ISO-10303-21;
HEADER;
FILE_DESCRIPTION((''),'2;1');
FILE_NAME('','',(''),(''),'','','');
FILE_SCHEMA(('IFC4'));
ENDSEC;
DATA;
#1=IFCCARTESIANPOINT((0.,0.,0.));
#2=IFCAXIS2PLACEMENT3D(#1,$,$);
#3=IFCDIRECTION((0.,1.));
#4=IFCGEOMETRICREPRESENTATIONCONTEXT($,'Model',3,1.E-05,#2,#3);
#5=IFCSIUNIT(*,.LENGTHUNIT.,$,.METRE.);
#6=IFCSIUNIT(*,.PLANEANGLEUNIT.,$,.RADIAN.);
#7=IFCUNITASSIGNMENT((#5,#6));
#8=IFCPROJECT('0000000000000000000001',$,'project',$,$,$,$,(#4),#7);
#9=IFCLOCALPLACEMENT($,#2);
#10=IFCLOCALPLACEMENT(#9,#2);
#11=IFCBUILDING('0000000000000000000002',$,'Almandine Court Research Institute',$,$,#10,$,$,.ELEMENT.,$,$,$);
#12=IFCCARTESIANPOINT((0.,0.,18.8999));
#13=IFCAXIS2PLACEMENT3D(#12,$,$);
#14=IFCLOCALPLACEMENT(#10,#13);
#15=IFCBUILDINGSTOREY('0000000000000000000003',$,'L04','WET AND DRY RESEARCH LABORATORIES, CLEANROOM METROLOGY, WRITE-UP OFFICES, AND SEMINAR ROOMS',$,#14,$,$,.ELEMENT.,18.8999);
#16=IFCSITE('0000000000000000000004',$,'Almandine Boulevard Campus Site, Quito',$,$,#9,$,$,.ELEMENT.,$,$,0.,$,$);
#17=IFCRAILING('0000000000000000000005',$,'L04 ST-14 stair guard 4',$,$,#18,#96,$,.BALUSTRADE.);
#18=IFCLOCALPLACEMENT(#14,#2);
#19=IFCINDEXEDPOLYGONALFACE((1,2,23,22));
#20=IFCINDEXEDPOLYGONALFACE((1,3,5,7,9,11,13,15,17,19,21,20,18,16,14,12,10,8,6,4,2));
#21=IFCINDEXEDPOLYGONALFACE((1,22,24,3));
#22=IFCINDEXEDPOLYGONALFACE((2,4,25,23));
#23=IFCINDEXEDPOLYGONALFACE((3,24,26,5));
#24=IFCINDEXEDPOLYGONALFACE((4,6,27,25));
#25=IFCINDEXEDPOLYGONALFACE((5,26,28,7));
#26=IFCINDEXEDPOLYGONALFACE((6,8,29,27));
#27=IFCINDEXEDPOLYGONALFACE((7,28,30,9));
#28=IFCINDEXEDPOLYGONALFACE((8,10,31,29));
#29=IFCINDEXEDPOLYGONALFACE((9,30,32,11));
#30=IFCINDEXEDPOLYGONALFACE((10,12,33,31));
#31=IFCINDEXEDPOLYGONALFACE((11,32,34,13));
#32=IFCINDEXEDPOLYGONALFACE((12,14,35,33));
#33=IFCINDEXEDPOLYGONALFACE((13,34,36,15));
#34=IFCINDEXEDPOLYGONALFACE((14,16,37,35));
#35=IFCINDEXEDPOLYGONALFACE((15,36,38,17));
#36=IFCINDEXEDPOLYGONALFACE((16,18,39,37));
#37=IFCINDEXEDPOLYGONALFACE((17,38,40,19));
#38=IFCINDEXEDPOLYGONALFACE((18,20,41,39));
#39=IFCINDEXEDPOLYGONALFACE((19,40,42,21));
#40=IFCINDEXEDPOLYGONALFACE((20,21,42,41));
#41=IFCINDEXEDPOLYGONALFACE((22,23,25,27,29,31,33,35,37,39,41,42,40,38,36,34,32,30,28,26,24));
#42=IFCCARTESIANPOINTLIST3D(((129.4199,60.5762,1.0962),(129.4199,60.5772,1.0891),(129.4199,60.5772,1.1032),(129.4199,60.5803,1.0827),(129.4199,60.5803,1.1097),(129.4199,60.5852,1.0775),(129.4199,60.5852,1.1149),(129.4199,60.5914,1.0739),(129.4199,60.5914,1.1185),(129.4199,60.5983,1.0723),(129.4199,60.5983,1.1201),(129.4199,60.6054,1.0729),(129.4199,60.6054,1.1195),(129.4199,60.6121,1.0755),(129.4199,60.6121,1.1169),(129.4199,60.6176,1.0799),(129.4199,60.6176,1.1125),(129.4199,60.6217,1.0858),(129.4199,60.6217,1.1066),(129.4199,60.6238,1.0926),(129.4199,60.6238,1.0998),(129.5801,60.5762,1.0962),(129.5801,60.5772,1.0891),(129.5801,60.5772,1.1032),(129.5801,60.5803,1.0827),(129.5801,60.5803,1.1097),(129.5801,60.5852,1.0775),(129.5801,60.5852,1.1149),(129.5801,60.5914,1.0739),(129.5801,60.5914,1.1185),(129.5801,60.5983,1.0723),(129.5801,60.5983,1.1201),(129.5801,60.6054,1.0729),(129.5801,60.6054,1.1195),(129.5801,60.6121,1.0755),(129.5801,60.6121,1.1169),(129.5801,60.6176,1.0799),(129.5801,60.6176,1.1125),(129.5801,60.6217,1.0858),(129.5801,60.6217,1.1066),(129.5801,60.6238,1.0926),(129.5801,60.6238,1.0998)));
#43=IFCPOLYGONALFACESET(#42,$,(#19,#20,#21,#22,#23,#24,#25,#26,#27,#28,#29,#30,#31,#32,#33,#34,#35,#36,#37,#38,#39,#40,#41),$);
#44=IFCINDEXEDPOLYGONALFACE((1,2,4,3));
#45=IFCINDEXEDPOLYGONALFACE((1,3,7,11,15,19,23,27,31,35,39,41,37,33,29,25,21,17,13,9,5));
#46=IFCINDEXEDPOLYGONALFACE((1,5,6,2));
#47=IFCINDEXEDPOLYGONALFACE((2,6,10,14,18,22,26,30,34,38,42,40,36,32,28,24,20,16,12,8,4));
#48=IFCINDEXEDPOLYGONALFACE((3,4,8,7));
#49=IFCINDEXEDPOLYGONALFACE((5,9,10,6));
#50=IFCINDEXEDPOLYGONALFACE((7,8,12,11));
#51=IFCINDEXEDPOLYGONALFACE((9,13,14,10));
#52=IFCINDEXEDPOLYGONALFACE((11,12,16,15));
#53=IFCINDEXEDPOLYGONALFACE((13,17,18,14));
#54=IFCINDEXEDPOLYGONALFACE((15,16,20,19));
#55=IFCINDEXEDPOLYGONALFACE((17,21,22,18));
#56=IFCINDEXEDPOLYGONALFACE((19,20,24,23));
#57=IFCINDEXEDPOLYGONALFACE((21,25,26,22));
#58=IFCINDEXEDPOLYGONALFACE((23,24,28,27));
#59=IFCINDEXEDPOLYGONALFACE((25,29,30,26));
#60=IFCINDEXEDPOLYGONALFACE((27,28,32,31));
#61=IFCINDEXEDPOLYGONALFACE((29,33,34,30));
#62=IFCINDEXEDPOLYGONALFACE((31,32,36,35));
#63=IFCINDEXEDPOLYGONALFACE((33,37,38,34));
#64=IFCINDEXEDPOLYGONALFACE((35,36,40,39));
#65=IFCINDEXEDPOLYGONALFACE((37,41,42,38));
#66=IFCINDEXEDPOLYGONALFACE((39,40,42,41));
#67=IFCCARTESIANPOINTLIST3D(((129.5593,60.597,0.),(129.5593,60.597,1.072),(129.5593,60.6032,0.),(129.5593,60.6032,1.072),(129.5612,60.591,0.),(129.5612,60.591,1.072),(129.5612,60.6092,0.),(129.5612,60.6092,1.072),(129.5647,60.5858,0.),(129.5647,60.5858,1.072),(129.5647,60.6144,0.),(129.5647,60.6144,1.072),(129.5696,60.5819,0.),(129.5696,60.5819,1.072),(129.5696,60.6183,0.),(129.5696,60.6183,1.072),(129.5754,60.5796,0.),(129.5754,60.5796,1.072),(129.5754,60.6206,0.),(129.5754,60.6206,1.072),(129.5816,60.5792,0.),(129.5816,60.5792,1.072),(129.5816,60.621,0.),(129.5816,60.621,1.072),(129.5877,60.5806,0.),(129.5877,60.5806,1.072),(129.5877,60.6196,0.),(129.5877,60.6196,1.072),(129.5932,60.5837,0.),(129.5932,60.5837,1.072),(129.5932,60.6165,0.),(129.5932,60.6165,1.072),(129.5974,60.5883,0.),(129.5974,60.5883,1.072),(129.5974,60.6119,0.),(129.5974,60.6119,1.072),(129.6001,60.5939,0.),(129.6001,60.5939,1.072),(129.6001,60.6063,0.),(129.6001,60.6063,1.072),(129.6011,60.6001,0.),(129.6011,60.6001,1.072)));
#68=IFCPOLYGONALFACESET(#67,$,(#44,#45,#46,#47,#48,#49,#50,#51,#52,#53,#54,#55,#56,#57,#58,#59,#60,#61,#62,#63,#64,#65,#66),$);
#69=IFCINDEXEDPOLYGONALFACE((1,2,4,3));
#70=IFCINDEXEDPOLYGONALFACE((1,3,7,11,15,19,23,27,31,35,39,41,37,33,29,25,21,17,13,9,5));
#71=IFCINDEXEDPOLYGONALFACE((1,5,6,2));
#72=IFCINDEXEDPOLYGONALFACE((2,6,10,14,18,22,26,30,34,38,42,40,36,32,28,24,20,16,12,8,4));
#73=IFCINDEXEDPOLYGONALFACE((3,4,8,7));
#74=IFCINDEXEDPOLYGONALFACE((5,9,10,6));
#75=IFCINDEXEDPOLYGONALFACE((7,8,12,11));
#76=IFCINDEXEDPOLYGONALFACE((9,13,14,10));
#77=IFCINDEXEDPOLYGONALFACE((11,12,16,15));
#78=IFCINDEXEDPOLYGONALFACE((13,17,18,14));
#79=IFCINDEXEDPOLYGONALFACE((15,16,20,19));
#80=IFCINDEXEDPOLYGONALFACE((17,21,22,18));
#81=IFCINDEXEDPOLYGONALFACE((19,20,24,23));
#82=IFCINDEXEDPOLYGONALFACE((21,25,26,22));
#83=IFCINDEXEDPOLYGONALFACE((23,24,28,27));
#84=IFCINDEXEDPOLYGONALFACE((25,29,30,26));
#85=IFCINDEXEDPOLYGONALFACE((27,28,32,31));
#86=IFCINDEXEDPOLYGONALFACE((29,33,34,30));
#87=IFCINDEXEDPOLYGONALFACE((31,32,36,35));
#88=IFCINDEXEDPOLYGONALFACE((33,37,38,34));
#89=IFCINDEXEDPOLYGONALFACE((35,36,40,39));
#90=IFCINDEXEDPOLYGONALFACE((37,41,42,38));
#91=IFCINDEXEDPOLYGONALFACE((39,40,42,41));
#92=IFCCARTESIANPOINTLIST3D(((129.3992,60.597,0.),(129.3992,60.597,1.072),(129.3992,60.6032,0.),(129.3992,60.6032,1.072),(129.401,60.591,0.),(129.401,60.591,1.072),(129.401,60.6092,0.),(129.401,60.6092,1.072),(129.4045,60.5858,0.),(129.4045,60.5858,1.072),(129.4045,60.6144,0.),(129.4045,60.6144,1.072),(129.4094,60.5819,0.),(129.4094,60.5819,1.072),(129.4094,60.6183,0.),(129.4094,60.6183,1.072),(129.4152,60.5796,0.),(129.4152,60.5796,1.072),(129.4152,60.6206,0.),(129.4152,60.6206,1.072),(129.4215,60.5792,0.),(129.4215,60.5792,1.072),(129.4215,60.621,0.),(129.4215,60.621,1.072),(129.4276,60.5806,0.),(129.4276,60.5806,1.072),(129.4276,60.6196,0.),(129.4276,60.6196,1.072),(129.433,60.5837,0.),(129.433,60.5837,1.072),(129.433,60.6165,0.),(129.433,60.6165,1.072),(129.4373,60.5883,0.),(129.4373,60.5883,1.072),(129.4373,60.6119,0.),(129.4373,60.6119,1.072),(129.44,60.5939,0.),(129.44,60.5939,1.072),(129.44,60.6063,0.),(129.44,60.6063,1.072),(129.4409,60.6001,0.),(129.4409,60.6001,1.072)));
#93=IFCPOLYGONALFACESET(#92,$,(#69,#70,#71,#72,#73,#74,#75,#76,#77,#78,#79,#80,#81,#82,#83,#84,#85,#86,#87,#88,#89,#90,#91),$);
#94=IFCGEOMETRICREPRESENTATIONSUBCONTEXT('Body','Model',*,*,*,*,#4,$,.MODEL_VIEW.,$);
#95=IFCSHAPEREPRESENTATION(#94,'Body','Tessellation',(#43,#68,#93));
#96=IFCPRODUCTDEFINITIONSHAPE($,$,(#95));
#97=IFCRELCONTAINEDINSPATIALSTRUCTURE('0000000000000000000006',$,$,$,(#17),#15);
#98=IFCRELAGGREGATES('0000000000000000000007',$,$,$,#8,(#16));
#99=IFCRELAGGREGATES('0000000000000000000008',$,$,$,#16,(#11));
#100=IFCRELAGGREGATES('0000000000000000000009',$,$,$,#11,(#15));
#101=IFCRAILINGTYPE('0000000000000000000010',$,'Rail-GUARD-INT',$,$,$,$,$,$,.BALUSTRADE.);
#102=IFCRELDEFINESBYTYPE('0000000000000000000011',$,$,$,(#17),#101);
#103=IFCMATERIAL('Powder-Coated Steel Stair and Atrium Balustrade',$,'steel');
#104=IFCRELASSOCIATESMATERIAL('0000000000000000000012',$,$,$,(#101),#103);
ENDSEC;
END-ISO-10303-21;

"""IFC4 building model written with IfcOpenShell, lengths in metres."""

from ifc_helpers import new_model, si_unit, direction, frame, origin, origin_2d, place, context, subcontext, project, spatial, circle, extrude, material, type_object, element, save


model = new_model("IFC4")

# Units and contexts
model_context = context("Model", 3, precision=1e-05, world=origin(), true_north=direction((0.0, 1.0)))
body_context = subcontext(model_context, "Body", "Model", "MODEL_VIEW")
ifc_project = project(units=[si_unit("LENGTHUNIT", "METRE"), si_unit("PLANEANGLEUNIT", "RADIAN")], contexts=[model_context])

# Site, building, storey
site_placement = place(None, origin())
site = spatial("IfcSite", under=ifc_project, at=site_placement, Name="Almandine Boulevard Campus Site, Quito", CompositionType="ELEMENT", RefElevation=0.0)
building_placement = place(site_placement, origin())
building = spatial("IfcBuilding", under=site, at=building_placement, Name="Almandine Court Research Institute", CompositionType="ELEMENT")
storey_placement = place(building_placement, frame((0.0, 0.0, 18.8999)))
storey = spatial("IfcBuildingStorey", under=building, at=storey_placement, Name="L04", Description="WET AND DRY RESEARCH LABORATORIES, CLEANROOM METROLOGY, WRITE-UP OFFICES, AND SEMINAR ROOMS", CompositionType="ELEMENT", Elevation=18.8999)

# Railing
ifc_material_1 = material(Name="Powder-Coated Steel Stair and Atrium Balustrade", Category="steel")
railing_type_1 = type_object("IfcRailingType", Name="Rail-GUARD-INT", PredefinedType="BALUSTRADE", material=ifc_material_1)
railing_1_placement = place(storey_placement, frame((129.5801, 60.6001, 0.0)))
element("IfcRailing", 1, at=railing_1_placement, inside=storey, type_object=railing_type_1, Name="L04 ST-14 stair guard 4", PredefinedType="BALUSTRADE", context=body_context, shape_type="SweptSolid", body=[
    extrude(circle(Radius=0.0239, at=origin_2d()), frame((0.0, 0.0, 1.0962), z_axis=(-1.0, 0.0, 0.0), x_axis=(0.0, -1.0, 0.0)), (0.0, 0.0, 1.0), 0.1602),
    extrude(circle(Radius=0.021, at=origin_2d()), origin(), (0.0, 0.0, 1.0), 1.072),
    extrude(circle(Radius=0.021, at=origin_2d()), frame((-0.1602, 0.0, 0.0)), (0.0, 0.0, 1.0), 1.072),
])

save(model, "model.ifc")
